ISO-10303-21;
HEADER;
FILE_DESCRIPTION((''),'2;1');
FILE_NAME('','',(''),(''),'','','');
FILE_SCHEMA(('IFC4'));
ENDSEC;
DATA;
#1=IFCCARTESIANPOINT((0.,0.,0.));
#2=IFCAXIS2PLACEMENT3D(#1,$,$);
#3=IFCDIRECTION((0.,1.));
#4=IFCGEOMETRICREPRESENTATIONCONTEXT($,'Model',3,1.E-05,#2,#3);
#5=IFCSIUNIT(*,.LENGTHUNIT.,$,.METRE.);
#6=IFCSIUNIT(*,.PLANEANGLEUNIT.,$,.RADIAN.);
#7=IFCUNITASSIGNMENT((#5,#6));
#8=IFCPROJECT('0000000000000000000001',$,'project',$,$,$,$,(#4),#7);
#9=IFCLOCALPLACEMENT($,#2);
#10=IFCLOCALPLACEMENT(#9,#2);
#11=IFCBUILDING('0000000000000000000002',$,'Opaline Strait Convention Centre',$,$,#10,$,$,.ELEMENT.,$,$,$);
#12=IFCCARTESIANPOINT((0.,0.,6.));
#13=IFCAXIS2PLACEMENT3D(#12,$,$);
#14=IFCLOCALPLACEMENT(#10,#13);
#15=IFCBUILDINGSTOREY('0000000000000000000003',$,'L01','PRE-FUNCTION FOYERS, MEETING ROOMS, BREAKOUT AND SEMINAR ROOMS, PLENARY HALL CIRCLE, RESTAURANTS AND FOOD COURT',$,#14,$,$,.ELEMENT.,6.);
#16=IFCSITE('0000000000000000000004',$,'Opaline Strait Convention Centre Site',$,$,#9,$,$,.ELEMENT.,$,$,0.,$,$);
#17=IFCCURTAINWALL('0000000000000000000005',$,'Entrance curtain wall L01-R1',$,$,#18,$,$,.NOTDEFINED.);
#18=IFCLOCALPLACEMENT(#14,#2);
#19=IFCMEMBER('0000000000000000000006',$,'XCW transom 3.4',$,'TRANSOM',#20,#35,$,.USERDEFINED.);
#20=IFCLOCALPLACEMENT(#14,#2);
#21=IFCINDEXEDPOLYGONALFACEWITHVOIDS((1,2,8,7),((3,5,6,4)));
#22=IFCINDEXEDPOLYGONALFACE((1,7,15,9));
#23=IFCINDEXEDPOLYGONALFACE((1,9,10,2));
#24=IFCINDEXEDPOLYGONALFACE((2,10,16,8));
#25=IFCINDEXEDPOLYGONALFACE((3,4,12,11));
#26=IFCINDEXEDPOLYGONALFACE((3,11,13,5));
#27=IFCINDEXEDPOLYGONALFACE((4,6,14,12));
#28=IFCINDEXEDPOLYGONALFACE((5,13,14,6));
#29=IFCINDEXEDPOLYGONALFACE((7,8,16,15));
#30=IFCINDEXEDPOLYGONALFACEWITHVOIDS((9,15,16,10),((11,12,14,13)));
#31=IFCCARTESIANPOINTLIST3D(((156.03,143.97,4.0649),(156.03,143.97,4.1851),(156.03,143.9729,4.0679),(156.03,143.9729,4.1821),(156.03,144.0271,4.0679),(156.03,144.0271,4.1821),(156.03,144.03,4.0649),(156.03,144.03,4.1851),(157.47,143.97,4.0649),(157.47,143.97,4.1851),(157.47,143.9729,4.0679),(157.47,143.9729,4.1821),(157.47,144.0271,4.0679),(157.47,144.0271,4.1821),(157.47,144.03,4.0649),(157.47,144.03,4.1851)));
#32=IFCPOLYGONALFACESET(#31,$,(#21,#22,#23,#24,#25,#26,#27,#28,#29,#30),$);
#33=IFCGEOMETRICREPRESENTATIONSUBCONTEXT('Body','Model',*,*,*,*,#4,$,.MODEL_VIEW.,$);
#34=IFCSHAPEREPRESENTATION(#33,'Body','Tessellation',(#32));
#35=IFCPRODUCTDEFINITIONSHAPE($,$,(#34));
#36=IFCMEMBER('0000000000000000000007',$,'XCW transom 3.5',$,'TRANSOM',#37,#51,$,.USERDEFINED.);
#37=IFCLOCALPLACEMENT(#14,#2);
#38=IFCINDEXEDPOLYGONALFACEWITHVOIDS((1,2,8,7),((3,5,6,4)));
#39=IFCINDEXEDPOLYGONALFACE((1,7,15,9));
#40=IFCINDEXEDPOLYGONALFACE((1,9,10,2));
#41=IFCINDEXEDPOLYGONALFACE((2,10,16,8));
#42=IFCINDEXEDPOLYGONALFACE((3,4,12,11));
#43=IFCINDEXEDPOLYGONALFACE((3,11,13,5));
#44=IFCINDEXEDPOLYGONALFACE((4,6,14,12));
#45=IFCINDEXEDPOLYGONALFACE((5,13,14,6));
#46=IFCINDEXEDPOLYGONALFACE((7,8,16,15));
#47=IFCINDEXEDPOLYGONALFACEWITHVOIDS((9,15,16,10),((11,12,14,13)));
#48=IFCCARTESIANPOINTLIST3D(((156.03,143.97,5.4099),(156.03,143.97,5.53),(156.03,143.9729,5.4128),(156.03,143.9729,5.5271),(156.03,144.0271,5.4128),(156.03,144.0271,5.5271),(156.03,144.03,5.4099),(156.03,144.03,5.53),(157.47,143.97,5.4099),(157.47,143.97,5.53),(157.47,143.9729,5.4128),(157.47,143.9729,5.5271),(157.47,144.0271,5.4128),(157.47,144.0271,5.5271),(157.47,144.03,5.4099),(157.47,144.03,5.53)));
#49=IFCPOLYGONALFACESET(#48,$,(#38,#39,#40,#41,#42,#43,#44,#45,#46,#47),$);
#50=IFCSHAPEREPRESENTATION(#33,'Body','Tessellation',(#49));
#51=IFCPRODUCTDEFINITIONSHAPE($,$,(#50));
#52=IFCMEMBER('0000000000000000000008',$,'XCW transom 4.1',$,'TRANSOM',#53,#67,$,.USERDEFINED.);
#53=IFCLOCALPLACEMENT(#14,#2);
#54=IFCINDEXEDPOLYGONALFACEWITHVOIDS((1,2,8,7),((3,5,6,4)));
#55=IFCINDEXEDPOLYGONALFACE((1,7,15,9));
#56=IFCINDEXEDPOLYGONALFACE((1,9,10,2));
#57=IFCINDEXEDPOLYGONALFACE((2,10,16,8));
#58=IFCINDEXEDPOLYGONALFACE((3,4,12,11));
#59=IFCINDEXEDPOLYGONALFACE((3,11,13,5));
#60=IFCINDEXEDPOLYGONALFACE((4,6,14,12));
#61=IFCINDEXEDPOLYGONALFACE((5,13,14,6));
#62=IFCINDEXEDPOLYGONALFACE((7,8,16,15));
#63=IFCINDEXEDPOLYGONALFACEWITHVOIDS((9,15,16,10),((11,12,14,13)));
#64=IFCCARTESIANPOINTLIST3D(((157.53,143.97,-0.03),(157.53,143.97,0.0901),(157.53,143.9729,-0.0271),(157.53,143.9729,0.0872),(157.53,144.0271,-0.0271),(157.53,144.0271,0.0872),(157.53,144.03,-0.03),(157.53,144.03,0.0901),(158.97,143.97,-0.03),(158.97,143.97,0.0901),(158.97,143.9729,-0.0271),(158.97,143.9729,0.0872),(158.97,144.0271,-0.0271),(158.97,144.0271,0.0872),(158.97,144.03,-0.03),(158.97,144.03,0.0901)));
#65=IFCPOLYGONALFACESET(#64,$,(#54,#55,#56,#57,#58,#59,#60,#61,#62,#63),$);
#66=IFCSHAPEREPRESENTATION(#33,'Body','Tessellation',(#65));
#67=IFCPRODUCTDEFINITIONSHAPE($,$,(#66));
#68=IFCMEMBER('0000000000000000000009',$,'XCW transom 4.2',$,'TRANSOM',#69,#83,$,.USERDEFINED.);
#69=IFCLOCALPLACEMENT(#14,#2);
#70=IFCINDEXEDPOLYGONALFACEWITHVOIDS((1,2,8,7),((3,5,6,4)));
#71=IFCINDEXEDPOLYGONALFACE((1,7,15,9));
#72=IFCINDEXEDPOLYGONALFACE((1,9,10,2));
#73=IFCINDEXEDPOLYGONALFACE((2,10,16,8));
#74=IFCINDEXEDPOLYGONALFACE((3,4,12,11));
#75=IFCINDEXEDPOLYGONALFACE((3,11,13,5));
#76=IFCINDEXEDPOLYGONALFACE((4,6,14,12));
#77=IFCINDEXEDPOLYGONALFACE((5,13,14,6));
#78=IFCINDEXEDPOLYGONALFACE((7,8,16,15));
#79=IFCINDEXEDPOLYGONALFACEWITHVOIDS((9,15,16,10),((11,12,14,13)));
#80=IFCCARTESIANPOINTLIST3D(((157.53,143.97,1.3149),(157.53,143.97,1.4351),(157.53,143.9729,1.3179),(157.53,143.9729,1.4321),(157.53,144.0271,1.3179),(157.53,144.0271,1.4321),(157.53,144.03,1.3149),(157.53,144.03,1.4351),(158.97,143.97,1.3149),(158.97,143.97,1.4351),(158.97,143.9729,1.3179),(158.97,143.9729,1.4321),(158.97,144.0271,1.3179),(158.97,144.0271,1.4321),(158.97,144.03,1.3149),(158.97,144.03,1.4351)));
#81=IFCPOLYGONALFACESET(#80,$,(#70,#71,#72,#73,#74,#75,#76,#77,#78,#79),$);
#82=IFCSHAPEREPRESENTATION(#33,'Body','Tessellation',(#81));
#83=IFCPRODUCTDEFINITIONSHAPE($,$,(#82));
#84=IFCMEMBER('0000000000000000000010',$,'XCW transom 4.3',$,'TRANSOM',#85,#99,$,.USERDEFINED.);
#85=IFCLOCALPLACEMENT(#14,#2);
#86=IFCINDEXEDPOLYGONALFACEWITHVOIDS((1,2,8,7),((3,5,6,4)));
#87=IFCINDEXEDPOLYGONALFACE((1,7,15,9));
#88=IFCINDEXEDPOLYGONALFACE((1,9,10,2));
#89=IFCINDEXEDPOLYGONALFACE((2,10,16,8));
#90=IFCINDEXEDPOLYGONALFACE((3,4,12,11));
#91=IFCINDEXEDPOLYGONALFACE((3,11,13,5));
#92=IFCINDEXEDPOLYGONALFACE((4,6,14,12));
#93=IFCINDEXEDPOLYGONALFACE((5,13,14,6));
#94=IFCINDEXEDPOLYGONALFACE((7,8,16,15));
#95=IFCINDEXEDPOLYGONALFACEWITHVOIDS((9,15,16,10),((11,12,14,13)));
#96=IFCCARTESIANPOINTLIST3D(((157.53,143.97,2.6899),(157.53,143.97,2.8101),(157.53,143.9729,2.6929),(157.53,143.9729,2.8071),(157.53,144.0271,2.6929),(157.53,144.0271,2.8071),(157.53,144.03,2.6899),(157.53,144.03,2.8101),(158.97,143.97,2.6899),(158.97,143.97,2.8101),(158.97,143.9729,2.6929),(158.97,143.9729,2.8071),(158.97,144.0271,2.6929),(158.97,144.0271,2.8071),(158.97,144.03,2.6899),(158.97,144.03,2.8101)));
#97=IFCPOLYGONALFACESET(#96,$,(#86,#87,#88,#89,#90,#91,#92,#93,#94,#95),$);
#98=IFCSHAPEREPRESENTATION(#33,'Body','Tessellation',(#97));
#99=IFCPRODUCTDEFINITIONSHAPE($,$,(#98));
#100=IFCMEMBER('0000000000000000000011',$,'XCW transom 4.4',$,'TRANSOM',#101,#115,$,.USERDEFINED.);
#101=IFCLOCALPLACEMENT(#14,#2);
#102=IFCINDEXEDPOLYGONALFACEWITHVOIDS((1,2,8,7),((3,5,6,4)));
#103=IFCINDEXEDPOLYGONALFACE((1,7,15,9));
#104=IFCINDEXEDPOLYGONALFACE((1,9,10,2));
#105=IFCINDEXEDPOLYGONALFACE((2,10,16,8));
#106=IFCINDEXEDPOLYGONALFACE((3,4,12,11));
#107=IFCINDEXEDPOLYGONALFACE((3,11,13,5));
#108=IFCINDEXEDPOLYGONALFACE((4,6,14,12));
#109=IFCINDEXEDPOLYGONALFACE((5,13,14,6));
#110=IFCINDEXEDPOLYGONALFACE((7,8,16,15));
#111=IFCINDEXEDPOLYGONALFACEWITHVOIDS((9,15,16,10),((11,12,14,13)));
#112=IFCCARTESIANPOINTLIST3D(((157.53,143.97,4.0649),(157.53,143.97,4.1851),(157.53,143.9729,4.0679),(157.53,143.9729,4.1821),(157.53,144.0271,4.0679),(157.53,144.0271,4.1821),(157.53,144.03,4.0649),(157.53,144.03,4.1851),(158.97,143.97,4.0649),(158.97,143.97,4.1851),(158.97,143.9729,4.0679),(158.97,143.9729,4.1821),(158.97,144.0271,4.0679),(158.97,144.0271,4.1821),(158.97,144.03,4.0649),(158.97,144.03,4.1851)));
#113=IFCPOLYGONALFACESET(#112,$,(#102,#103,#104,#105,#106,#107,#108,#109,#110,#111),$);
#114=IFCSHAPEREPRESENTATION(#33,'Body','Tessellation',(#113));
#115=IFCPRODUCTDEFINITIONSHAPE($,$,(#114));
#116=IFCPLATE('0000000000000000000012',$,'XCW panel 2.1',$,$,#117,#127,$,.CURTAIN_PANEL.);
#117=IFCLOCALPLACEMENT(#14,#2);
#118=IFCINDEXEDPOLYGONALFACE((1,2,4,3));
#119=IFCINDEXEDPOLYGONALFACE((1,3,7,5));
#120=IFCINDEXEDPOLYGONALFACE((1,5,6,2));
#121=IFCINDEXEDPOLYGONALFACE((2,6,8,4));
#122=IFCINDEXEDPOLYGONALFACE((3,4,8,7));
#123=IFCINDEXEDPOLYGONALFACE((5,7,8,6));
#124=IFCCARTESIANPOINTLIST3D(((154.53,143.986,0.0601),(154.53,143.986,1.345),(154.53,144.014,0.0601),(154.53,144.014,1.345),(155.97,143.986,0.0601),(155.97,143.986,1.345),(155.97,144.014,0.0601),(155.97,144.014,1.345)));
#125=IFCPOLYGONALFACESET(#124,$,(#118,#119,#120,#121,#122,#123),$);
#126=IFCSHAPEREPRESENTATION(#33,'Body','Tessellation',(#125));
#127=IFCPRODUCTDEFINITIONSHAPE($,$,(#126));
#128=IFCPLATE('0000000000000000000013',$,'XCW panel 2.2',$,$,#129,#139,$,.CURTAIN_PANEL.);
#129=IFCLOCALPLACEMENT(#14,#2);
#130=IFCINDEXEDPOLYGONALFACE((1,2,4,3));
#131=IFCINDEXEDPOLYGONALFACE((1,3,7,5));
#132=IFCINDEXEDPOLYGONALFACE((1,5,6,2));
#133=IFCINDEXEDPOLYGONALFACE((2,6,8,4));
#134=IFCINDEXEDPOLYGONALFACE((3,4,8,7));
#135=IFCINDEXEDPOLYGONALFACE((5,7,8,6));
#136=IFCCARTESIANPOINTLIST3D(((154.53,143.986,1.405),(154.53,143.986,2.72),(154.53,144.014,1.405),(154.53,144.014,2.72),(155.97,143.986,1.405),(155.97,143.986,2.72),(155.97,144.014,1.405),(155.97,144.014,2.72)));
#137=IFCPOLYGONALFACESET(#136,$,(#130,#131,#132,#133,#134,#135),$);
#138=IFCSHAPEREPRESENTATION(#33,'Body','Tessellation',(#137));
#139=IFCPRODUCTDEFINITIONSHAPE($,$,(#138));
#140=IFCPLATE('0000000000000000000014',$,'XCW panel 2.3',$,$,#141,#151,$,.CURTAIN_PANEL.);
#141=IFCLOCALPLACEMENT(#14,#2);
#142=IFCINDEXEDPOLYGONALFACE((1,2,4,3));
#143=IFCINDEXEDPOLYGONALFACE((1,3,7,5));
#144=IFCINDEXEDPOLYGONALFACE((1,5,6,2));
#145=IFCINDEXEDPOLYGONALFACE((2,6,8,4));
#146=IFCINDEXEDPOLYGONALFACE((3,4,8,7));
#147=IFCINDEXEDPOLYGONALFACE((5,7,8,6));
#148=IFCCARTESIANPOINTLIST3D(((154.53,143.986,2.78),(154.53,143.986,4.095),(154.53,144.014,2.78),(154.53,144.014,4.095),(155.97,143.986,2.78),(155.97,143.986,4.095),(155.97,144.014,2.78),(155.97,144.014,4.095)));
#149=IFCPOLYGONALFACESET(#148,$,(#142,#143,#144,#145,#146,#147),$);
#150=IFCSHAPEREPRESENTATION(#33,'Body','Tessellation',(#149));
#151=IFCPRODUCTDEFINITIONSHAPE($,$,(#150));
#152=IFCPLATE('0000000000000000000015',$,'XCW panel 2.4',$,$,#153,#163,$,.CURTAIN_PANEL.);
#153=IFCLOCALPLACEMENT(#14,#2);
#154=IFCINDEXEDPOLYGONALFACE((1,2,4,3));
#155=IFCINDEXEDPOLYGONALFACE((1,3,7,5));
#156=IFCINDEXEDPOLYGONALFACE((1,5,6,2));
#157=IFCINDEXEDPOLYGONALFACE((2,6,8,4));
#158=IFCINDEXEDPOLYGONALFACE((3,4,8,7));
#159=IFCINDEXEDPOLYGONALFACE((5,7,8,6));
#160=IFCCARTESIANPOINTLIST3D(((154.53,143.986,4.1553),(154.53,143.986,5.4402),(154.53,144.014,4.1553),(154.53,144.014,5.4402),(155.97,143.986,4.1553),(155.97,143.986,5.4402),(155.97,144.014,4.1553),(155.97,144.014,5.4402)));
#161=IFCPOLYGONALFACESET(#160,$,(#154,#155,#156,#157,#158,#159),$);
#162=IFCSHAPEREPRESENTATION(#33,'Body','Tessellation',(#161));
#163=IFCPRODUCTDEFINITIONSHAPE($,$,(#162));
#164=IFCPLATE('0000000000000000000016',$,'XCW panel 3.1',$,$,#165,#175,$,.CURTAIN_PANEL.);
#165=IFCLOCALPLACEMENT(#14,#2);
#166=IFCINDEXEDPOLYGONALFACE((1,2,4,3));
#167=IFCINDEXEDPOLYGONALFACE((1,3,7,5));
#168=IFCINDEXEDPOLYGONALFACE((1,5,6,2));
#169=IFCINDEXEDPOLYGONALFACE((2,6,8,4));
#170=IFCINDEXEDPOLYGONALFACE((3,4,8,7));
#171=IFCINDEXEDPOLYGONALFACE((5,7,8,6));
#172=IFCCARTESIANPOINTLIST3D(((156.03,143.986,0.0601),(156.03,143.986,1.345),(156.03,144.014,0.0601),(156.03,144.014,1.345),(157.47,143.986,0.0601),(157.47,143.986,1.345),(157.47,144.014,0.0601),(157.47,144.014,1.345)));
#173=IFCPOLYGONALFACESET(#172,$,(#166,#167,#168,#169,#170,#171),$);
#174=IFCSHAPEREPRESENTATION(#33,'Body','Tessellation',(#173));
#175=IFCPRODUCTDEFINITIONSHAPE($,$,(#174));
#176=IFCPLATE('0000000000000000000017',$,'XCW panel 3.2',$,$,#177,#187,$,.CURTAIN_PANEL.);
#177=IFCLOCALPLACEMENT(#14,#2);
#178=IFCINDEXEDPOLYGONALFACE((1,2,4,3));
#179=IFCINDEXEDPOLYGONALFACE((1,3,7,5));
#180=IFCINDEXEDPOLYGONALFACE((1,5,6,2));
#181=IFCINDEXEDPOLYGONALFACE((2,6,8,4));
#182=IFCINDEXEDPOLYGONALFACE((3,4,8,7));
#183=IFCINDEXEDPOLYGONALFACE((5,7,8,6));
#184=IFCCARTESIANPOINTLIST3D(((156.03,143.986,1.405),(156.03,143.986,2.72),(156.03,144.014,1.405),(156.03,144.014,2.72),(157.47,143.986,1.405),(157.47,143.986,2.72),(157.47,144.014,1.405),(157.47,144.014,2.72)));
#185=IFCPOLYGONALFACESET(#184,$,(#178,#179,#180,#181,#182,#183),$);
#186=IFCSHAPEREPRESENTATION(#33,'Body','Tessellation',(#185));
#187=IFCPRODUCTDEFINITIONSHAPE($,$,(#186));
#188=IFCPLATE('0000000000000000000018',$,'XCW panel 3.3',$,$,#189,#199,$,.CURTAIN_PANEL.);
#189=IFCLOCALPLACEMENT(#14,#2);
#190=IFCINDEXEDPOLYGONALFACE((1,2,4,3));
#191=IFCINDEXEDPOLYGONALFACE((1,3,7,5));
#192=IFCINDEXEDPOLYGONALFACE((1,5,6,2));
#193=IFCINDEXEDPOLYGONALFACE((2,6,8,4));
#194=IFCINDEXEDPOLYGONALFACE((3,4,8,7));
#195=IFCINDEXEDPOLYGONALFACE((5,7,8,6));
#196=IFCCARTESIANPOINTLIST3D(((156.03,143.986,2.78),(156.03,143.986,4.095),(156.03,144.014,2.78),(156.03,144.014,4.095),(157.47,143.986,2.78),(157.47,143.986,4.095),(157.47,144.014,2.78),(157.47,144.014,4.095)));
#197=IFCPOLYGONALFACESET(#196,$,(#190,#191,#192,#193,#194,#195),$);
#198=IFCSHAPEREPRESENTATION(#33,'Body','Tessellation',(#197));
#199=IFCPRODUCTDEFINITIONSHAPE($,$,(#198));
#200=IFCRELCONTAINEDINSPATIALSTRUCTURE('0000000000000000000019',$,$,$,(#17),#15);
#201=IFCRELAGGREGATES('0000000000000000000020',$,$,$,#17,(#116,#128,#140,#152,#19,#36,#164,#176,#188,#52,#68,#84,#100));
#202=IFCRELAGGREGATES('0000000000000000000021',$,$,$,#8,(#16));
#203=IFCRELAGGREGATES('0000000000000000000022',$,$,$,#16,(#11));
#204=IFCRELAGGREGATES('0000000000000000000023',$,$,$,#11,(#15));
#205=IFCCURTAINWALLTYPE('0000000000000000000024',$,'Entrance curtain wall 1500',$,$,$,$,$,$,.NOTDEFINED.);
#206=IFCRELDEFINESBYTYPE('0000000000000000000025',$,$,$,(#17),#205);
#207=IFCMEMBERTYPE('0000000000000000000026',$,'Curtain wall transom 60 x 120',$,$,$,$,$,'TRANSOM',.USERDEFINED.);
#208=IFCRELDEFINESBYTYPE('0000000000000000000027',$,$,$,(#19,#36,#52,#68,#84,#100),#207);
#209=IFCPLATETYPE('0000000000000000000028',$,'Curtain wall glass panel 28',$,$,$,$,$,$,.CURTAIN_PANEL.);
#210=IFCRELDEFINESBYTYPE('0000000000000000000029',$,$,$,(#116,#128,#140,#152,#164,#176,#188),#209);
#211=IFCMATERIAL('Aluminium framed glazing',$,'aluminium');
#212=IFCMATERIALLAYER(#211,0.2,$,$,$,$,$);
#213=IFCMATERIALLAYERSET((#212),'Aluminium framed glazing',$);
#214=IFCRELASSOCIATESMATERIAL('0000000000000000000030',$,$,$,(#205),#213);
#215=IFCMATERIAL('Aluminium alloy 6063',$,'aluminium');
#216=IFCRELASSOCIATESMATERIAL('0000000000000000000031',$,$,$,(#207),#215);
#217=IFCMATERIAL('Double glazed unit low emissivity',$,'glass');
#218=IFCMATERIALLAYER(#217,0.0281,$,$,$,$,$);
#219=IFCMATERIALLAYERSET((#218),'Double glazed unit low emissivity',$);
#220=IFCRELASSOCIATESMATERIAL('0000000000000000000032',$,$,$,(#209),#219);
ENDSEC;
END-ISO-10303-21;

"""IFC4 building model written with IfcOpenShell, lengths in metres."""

from ifc_helpers import new_model, si_unit, direction, frame, origin, origin_2d, place, context, subcontext, project, spatial, rectangle, hollow_rectangle, extrude, material, layer, layer_set, material_profile, profile_set, type_object, element, aggregate, save


model = new_model("IFC4")

# Units and contexts
model_context = context("Model", 3, precision=1e-05, world=origin(), true_north=direction((0.0, 1.0)))
body_context = subcontext(model_context, "Body", "Model", "MODEL_VIEW")
ifc_project = project(units=[si_unit("LENGTHUNIT", "METRE"), si_unit("PLANEANGLEUNIT", "RADIAN")], contexts=[model_context])

# Site, building, storey
site_placement = place(None, origin())
site = spatial("IfcSite", under=ifc_project, at=site_placement, Name="Opaline Strait Convention Centre Site", CompositionType="ELEMENT", RefElevation=0.0)
building_placement = place(site_placement, origin())
building = spatial("IfcBuilding", under=site, at=building_placement, Name="Opaline Strait Convention Centre", CompositionType="ELEMENT")
storey_placement = place(building_placement, frame((0.0, 0.0, 6.0)))
storey = spatial("IfcBuildingStorey", under=building, at=storey_placement, Name="L01", Description="PRE-FUNCTION FOYERS, MEETING ROOMS, BREAKOUT AND SEMINAR ROOMS, PLENARY HALL CIRCLE, RESTAURANTS AND FOOD COURT", CompositionType="ELEMENT", Elevation=6.0)

# Curtain wall, members, plates
ifc_material_1 = material(Name="Aluminium framed glazing", Category="aluminium")
ifc_layer_1 = layer(ifc_material_1, 0.2)
ifc_layer_set_1 = layer_set([ifc_layer_1], Name="Aluminium framed glazing")
curtain_wall_type = type_object("IfcCurtainWallType", Name="Entrance curtain wall 1500", PredefinedType="NOTDEFINED", material=ifc_layer_set_1)
curtain_wall_placement = place(storey_placement, origin())
curtain_wall = element("IfcCurtainWall", 1, at=curtain_wall_placement, inside=storey, type_object=curtain_wall_type, Name="Entrance curtain wall L01-R1", PredefinedType="NOTDEFINED")
ifc_material_2 = material(Name="Aluminium alloy 6063", Category="aluminium")
ifc_material_profile_1 = material_profile(ifc_material_2, hollow_rectangle(XDim=0.0601, YDim=0.1201, WallThickness=0.0029, at=origin_2d()), Name="TRANSOM 60x120x3")
ifc_profile_set_1 = profile_set([ifc_material_profile_1], Name="Aluminium alloy 6063")
member_type_1 = type_object("IfcMemberType", Name="Curtain wall transom 60 x 120", ElementType="TRANSOM", PredefinedType="USERDEFINED", material=ifc_profile_set_1)
member_1_placement = place(storey_placement, frame((156.03, 144.0, 4.125), z_axis=(1.0, 0.0, 0.0), x_axis=(0.0, 1.0, 0.0)))
member_1 = element("IfcMember", 2, at=member_1_placement, type_object=member_type_1, Name="XCW transom 3.4", ObjectType="TRANSOM", PredefinedType="USERDEFINED", context=body_context, shape_type="SweptSolid", body=[
    extrude(hollow_rectangle(XDim=0.0601, YDim=0.1201, WallThickness=0.0029, at=origin_2d()), origin(), (0.0, 0.0, 1.0), 1.4399),
])
member_2_placement = place(storey_placement, frame((156.03, 144.0, 5.47), z_axis=(1.0, 0.0, 0.0), x_axis=(0.0, 1.0, 0.0)))
member_2 = element("IfcMember", 3, at=member_2_placement, type_object=member_type_1, Name="XCW transom 3.5", ObjectType="TRANSOM", PredefinedType="USERDEFINED", context=body_context, shape_type="SweptSolid", body=[
    extrude(hollow_rectangle(XDim=0.0601, YDim=0.1201, WallThickness=0.0029, at=origin_2d()), origin(), (0.0, 0.0, 1.0), 1.4399),
])
member_3_placement = place(storey_placement, frame((157.53, 144.0, 0.03), z_axis=(1.0, 0.0, 0.0), x_axis=(0.0, 1.0, 0.0)))
member_3 = element("IfcMember", 4, at=member_3_placement, type_object=member_type_1, Name="XCW transom 4.1", ObjectType="TRANSOM", PredefinedType="USERDEFINED", context=body_context, shape_type="SweptSolid", body=[
    extrude(hollow_rectangle(XDim=0.0601, YDim=0.1201, WallThickness=0.0029, at=origin_2d()), origin(), (0.0, 0.0, 1.0), 1.4399),
])
member_4_placement = place(storey_placement, frame((157.53, 144.0, 1.375), z_axis=(1.0, 0.0, 0.0), x_axis=(0.0, 1.0, 0.0)))
member_4 = element("IfcMember", 5, at=member_4_placement, type_object=member_type_1, Name="XCW transom 4.2", ObjectType="TRANSOM", PredefinedType="USERDEFINED", context=body_context, shape_type="SweptSolid", body=[
    extrude(hollow_rectangle(XDim=0.0601, YDim=0.1201, WallThickness=0.0029, at=origin_2d()), origin(), (0.0, 0.0, 1.0), 1.4399),
])
member_5_placement = place(storey_placement, frame((157.53, 144.0, 2.75), z_axis=(1.0, 0.0, 0.0), x_axis=(0.0, 1.0, 0.0)))
member_5 = element("IfcMember", 6, at=member_5_placement, type_object=member_type_1, Name="XCW transom 4.3", ObjectType="TRANSOM", PredefinedType="USERDEFINED", context=body_context, shape_type="SweptSolid", body=[
    extrude(hollow_rectangle(XDim=0.0601, YDim=0.1201, WallThickness=0.0029, at=origin_2d()), origin(), (0.0, 0.0, 1.0), 1.4399),
])
member_6_placement = place(storey_placement, frame((157.53, 144.0, 4.125), z_axis=(1.0, 0.0, 0.0), x_axis=(0.0, 1.0, 0.0)))
member_6 = element("IfcMember", 7, at=member_6_placement, type_object=member_type_1, Name="XCW transom 4.4", ObjectType="TRANSOM", PredefinedType="USERDEFINED", context=body_context, shape_type="SweptSolid", body=[
    extrude(hollow_rectangle(XDim=0.0601, YDim=0.1201, WallThickness=0.0029, at=origin_2d()), origin(), (0.0, 0.0, 1.0), 1.4399),
])
ifc_material_3 = material(Name="Double glazed unit low emissivity", Category="glass")
ifc_layer_2 = layer(ifc_material_3, 0.0281)
ifc_layer_set_2 = layer_set([ifc_layer_2], Name="Double glazed unit low emissivity")
plate_type = type_object("IfcPlateType", Name="Curtain wall glass panel 28", PredefinedType="CURTAIN_PANEL", material=ifc_layer_set_2)
plate_1_placement = place(storey_placement, frame((155.25, 144.0, 0.0601), z_axis=(0.0, 0.0, 1.0), x_axis=(1.0, 0.0, 0.0)))
plate_1 = element("IfcPlate", 8, at=plate_1_placement, type_object=plate_type, Name="XCW panel 2.1", PredefinedType="CURTAIN_PANEL", context=body_context, shape_type="SweptSolid", body=[
    extrude(rectangle(XDim=1.4399, YDim=0.0281, at=origin_2d()), origin(), (0.0, 0.0, 1.0), 1.2849),
])
plate_2_placement = place(storey_placement, frame((155.25, 144.0, 1.405), z_axis=(0.0, 0.0, 1.0), x_axis=(1.0, 0.0, 0.0)))
plate_2 = element("IfcPlate", 9, at=plate_2_placement, type_object=plate_type, Name="XCW panel 2.2", PredefinedType="CURTAIN_PANEL", context=body_context, shape_type="SweptSolid", body=[
    extrude(rectangle(XDim=1.4399, YDim=0.0281, at=origin_2d()), origin(), (0.0, 0.0, 1.0), 1.3149),
])
plate_3_placement = place(storey_placement, frame((155.25, 144.0, 2.78), z_axis=(0.0, 0.0, 1.0), x_axis=(1.0, 0.0, 0.0)))
plate_3 = element("IfcPlate", 10, at=plate_3_placement, type_object=plate_type, Name="XCW panel 2.3", PredefinedType="CURTAIN_PANEL", context=body_context, shape_type="SweptSolid", body=[
    extrude(rectangle(XDim=1.4399, YDim=0.0281, at=origin_2d()), origin(), (0.0, 0.0, 1.0), 1.3149),
])
plate_4_placement = place(storey_placement, frame((155.25, 144.0, 4.1553), z_axis=(0.0, 0.0, 1.0), x_axis=(1.0, 0.0, 0.0)))
plate_4 = element("IfcPlate", 11, at=plate_4_placement, type_object=plate_type, Name="XCW panel 2.4", PredefinedType="CURTAIN_PANEL", context=body_context, shape_type="SweptSolid", body=[
    extrude(rectangle(XDim=1.4399, YDim=0.0281, at=origin_2d()), origin(), (0.0, 0.0, 1.0), 1.2849),
])
plate_5_placement = place(storey_placement, frame((156.75, 144.0, 0.0601), z_axis=(0.0, 0.0, 1.0), x_axis=(1.0, 0.0, 0.0)))
plate_5 = element("IfcPlate", 12, at=plate_5_placement, type_object=plate_type, Name="XCW panel 3.1", PredefinedType="CURTAIN_PANEL", context=body_context, shape_type="SweptSolid", body=[
    extrude(rectangle(XDim=1.4399, YDim=0.0281, at=origin_2d()), origin(), (0.0, 0.0, 1.0), 1.2849),
])
plate_6_placement = place(storey_placement, frame((156.75, 144.0, 1.405), z_axis=(0.0, 0.0, 1.0), x_axis=(1.0, 0.0, 0.0)))
plate_6 = element("IfcPlate", 13, at=plate_6_placement, type_object=plate_type, Name="XCW panel 3.2", PredefinedType="CURTAIN_PANEL", context=body_context, shape_type="SweptSolid", body=[
    extrude(rectangle(XDim=1.4399, YDim=0.0281, at=origin_2d()), origin(), (0.0, 0.0, 1.0), 1.3149),
])
plate_7_placement = place(storey_placement, frame((156.75, 144.0, 2.78), z_axis=(0.0, 0.0, 1.0), x_axis=(1.0, 0.0, 0.0)))
plate_7 = element("IfcPlate", 14, at=plate_7_placement, type_object=plate_type, Name="XCW panel 3.3", PredefinedType="CURTAIN_PANEL", context=body_context, shape_type="SweptSolid", body=[
    extrude(rectangle(XDim=1.4399, YDim=0.0281, at=origin_2d()), origin(), (0.0, 0.0, 1.0), 1.3149),
])
aggregate(curtain_wall, [plate_1, plate_2, plate_3, plate_4, member_1, member_2, plate_5, plate_6, plate_7, member_3, member_4, member_5, member_6])

save(model, "model.ifc")
